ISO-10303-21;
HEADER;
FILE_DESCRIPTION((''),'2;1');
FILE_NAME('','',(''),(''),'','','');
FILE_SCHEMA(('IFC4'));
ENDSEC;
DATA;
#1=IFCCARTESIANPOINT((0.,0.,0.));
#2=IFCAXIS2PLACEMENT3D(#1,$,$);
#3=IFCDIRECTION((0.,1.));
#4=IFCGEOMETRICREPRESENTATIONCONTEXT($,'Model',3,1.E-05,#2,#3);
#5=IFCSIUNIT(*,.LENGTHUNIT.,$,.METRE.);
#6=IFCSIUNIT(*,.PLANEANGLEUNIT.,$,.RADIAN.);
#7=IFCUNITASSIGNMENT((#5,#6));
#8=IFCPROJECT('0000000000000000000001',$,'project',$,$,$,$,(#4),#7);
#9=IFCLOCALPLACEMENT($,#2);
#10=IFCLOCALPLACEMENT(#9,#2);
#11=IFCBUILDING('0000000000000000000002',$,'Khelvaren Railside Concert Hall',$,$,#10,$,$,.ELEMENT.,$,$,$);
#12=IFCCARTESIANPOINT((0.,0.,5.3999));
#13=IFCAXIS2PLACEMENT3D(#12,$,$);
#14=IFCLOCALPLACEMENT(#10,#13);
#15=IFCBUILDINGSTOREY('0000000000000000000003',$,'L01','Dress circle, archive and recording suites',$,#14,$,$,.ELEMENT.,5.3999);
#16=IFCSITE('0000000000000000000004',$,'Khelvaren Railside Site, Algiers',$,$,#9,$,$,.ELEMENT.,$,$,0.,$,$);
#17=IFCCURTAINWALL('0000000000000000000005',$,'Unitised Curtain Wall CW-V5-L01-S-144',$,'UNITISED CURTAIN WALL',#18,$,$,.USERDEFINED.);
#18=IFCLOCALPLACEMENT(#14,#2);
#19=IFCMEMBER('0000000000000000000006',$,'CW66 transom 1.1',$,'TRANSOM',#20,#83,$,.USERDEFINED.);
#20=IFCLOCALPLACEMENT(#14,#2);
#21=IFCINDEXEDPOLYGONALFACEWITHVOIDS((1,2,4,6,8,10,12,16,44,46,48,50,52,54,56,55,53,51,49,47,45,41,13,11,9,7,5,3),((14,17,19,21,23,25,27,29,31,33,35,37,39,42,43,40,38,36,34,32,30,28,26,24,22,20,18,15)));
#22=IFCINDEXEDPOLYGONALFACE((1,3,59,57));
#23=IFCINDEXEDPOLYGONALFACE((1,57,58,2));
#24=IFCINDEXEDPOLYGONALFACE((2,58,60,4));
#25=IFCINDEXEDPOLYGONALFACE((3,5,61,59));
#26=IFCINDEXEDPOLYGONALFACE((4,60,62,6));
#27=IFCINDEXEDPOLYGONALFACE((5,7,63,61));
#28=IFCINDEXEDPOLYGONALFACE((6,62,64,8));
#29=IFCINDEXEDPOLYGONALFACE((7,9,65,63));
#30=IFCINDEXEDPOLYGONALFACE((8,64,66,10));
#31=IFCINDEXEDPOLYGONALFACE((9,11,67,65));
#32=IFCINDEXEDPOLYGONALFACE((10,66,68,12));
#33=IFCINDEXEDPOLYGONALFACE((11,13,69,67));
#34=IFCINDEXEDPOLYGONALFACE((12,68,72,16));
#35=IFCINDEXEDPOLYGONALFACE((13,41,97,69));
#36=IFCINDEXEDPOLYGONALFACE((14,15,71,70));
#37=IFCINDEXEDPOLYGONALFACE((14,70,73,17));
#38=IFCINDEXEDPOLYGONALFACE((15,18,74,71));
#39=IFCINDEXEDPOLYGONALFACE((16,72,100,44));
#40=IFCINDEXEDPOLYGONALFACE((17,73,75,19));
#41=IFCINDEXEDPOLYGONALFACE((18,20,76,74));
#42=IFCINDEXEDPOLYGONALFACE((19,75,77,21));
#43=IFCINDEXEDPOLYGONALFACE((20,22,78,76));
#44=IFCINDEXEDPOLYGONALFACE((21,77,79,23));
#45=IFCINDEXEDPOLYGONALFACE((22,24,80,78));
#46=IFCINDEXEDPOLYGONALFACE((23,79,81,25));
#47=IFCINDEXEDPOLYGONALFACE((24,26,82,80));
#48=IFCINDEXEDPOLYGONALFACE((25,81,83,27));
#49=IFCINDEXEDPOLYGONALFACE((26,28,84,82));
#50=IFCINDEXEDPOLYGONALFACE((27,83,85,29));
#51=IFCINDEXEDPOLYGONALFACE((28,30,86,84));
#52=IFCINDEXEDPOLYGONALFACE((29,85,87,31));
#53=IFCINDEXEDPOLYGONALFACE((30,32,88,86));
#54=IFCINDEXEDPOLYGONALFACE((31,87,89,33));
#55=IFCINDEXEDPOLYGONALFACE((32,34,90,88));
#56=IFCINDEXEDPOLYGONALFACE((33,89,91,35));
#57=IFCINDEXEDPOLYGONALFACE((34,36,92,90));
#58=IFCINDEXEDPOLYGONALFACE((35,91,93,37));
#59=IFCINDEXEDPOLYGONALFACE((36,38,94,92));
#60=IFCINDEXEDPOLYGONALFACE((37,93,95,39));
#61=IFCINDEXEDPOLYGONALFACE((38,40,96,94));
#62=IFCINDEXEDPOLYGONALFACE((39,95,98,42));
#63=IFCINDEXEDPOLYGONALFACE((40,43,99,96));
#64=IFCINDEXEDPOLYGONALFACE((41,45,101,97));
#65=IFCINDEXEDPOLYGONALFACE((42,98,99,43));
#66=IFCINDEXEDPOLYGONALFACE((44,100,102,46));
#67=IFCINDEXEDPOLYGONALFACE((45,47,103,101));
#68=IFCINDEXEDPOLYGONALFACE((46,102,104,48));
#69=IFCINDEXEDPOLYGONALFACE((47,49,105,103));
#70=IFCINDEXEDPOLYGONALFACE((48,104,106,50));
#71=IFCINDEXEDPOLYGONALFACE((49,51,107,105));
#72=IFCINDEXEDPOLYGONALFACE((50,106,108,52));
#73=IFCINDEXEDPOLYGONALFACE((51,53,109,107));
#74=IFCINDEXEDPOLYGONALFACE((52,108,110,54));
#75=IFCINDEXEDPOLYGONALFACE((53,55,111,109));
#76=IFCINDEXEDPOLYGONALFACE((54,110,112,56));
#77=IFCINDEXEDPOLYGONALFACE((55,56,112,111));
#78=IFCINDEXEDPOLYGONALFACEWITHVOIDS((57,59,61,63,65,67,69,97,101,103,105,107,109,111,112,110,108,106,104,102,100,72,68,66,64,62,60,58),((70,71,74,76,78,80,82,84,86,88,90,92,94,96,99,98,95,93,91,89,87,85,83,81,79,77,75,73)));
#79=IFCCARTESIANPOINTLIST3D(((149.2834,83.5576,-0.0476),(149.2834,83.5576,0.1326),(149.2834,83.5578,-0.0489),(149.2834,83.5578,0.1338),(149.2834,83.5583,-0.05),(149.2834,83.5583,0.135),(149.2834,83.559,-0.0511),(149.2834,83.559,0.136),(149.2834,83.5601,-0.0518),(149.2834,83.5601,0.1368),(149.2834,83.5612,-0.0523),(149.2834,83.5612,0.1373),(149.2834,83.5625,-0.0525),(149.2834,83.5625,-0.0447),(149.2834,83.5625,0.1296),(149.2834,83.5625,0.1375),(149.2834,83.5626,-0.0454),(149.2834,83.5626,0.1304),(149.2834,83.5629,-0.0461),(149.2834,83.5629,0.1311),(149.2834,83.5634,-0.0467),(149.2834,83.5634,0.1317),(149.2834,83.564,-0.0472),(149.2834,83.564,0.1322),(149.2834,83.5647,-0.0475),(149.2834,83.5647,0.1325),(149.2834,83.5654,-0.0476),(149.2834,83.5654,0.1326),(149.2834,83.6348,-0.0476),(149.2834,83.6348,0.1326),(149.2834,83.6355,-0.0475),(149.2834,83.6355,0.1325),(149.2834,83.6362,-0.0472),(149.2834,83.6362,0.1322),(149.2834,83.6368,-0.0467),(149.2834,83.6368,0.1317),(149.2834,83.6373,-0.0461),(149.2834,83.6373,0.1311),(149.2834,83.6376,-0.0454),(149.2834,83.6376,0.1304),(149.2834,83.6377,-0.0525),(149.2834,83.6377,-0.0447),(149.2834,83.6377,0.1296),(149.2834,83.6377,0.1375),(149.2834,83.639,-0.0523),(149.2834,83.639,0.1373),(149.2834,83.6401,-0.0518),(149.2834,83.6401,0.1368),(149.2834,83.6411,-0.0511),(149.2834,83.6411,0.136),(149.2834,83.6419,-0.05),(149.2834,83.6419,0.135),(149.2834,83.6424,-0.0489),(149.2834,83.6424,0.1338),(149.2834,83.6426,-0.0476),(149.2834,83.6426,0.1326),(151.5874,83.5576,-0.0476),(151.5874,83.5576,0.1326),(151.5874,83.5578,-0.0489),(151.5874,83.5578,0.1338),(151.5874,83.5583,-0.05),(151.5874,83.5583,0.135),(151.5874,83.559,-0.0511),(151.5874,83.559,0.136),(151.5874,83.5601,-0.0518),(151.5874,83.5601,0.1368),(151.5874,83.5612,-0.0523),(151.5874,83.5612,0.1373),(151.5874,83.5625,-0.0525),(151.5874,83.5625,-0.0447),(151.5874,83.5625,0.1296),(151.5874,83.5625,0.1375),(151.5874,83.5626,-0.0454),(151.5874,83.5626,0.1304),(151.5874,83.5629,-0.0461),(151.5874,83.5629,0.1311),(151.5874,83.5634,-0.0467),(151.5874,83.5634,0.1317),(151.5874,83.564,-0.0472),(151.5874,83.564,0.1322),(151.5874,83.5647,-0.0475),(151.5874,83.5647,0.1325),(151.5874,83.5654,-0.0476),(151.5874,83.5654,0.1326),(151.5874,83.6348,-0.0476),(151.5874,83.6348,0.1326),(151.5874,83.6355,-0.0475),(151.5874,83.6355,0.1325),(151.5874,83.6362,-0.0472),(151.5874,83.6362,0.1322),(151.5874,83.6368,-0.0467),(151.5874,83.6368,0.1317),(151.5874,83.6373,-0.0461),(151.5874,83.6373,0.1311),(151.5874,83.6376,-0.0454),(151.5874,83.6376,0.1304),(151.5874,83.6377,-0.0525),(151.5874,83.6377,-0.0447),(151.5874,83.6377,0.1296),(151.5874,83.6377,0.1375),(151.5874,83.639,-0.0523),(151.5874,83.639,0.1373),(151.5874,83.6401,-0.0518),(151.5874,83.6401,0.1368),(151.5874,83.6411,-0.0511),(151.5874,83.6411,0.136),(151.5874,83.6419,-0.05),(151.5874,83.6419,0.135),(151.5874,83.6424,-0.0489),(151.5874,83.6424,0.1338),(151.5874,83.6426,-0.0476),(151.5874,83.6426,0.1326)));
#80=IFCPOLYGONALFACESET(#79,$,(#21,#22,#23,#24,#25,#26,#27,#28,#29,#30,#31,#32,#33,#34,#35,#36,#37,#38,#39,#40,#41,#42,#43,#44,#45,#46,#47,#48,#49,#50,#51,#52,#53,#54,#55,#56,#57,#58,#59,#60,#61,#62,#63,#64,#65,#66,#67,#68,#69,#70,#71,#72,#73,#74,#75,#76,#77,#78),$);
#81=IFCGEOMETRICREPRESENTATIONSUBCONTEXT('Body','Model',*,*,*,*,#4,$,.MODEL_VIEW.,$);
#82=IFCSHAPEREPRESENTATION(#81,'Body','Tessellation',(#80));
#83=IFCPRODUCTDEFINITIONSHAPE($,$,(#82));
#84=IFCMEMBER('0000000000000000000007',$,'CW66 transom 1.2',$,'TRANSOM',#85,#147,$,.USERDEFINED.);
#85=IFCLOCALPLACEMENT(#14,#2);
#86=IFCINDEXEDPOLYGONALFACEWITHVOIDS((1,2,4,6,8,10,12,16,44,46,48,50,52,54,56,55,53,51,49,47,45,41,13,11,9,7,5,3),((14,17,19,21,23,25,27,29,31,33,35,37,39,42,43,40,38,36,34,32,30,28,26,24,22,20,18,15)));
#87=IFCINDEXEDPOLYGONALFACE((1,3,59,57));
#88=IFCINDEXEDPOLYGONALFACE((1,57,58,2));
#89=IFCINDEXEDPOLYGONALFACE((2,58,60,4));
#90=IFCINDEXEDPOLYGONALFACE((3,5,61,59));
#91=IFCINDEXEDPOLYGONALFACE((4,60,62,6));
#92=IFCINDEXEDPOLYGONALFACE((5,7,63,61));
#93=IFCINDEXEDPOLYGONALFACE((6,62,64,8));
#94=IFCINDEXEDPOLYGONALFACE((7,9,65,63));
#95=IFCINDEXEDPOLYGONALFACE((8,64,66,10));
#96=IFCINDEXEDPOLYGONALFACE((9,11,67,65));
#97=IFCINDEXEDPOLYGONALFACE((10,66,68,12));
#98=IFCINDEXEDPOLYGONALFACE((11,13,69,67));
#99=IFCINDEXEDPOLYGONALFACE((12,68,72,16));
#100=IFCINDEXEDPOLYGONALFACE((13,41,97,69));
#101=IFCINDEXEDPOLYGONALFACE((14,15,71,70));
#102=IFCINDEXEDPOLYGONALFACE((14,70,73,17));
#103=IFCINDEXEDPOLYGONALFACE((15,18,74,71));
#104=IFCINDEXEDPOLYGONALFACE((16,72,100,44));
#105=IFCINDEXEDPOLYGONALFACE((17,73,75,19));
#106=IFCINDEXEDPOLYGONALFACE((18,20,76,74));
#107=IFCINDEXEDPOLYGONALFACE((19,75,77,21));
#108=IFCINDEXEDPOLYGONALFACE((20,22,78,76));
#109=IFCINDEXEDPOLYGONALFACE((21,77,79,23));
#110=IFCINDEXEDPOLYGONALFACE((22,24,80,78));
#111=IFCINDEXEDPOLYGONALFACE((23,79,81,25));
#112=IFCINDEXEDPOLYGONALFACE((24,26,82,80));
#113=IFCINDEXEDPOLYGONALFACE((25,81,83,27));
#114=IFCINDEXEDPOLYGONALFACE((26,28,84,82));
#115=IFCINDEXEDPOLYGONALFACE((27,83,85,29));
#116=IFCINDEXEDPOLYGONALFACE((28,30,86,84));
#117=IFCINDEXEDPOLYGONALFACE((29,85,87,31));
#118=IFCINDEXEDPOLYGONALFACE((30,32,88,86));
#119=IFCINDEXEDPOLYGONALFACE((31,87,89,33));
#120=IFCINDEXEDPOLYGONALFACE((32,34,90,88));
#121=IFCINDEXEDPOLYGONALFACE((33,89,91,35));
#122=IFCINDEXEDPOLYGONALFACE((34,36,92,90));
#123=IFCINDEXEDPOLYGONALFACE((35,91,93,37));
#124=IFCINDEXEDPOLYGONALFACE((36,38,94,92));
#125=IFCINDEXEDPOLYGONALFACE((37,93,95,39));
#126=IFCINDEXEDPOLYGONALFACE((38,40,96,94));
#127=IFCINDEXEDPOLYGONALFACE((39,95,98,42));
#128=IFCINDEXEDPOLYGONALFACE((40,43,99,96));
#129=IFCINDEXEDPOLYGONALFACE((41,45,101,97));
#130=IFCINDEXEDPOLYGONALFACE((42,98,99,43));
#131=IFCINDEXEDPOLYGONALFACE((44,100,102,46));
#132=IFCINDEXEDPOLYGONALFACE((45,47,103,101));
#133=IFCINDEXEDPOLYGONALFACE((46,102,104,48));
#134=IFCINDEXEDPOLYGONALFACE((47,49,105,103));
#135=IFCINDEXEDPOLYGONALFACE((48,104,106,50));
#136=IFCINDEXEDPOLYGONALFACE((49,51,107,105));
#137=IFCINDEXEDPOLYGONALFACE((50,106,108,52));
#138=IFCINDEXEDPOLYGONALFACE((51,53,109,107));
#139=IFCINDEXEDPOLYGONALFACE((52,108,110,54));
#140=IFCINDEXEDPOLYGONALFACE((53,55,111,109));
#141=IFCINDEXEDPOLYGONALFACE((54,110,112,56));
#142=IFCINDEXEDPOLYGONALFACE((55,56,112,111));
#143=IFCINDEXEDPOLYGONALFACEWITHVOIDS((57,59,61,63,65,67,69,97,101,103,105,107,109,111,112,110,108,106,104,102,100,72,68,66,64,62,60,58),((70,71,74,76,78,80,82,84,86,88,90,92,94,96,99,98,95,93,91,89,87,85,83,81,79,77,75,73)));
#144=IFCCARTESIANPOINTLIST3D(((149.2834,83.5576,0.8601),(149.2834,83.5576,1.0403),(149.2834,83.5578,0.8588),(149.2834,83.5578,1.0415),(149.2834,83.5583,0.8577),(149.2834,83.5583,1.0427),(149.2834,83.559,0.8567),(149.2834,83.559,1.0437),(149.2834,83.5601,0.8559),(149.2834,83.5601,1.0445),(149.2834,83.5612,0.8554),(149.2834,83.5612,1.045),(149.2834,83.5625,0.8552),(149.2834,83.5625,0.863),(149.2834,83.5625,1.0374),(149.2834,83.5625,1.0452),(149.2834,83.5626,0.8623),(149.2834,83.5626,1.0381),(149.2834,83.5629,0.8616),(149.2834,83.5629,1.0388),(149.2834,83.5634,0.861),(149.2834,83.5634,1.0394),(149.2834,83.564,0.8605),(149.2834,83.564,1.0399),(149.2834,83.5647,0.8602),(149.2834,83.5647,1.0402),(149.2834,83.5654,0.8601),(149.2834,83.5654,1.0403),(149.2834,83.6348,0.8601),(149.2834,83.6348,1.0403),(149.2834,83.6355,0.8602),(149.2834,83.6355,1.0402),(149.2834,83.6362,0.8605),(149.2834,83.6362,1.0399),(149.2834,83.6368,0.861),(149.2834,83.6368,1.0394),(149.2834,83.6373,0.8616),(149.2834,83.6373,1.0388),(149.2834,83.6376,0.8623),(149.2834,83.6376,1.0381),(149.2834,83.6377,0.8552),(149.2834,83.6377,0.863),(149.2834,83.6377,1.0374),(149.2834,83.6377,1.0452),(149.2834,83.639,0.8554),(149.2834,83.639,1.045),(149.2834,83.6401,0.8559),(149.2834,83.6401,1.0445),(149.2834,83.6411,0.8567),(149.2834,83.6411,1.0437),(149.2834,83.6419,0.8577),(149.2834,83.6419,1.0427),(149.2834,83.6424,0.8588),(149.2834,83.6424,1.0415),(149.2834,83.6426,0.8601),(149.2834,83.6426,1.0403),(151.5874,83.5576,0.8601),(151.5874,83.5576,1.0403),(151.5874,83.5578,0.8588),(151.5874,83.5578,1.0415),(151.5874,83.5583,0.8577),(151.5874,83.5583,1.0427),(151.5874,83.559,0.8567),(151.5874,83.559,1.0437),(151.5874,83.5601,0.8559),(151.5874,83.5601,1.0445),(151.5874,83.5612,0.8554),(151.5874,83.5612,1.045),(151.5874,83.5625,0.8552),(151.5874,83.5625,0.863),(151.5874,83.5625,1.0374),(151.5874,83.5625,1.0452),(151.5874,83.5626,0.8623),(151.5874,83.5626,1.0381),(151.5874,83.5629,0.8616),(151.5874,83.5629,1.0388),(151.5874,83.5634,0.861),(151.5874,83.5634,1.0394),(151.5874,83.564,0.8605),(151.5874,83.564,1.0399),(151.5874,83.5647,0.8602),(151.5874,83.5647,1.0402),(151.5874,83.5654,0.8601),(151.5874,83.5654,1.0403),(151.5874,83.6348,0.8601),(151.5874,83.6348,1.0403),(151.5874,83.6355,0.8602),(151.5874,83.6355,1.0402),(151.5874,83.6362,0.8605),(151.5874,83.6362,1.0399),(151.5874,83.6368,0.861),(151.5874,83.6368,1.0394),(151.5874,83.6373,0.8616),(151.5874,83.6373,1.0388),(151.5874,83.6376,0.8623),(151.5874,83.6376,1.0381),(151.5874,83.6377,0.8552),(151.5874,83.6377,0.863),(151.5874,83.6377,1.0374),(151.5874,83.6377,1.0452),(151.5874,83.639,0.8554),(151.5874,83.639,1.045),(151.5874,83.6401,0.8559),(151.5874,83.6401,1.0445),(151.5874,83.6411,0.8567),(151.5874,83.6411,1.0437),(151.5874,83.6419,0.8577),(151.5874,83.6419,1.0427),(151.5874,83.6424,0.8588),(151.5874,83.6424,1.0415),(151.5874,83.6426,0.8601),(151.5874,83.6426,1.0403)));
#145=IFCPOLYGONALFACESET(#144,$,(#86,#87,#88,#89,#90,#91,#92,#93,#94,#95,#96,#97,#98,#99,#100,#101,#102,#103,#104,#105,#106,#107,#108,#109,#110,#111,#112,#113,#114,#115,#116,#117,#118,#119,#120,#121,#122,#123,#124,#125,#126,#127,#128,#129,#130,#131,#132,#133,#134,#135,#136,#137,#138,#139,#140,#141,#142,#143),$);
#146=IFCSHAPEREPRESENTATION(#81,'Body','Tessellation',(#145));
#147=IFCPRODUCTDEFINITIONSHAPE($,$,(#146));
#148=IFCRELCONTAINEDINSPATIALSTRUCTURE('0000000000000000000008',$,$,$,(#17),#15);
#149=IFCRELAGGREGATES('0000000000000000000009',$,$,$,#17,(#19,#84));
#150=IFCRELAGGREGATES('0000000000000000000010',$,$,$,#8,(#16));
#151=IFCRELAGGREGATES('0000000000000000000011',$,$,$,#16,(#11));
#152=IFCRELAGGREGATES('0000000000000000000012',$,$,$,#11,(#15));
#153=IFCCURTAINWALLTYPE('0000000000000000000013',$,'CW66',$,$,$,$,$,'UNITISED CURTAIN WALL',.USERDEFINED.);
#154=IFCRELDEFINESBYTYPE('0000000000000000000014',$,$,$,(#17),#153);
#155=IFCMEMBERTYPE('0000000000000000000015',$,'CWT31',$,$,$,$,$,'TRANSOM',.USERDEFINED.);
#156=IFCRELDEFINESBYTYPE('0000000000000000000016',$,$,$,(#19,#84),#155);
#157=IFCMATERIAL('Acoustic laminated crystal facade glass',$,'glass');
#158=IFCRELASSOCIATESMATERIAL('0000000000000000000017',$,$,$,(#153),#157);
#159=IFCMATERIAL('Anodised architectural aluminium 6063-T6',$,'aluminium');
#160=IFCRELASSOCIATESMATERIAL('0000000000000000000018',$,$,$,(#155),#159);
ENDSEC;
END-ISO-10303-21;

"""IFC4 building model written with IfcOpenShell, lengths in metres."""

from ifc_helpers import new_model, si_unit, direction, frame, origin, origin_2d, place, context, subcontext, project, spatial, hollow_rectangle, extrude, material, material_profile, profile_set, type_object, element, aggregate, save


model = new_model("IFC4")

# Units and contexts
model_context = context("Model", 3, precision=1e-05, world=origin(), true_north=direction((0.0, 1.0)))
body_context = subcontext(model_context, "Body", "Model", "MODEL_VIEW")
ifc_project = project(units=[si_unit("LENGTHUNIT", "METRE"), si_unit("PLANEANGLEUNIT", "RADIAN")], contexts=[model_context])

# Site, building, storey
site_placement = place(None, origin())
site = spatial("IfcSite", under=ifc_project, at=site_placement, Name="Khelvaren Railside Site, Algiers", CompositionType="ELEMENT", RefElevation=0.0)
building_placement = place(site_placement, origin())
building = spatial("IfcBuilding", under=site, at=building_placement, Name="Khelvaren Railside Concert Hall", CompositionType="ELEMENT")
storey_placement = place(building_placement, frame((0.0, 0.0, 5.3999)))
storey = spatial("IfcBuildingStorey", under=building, at=storey_placement, Name="L01", Description="Dress circle, archive and recording suites", CompositionType="ELEMENT", Elevation=5.3999)

# Curtain wall
ifc_material_1 = material(Name="Acoustic laminated crystal facade glass", Category="glass")
curtain_wall_type_1 = type_object("IfcCurtainWallType", Name="CW66", ElementType="UNITISED CURTAIN WALL", PredefinedType="USERDEFINED", material=ifc_material_1)
curtain_wall_1_placement = place(storey_placement, origin())
curtain_wall_1 = element("IfcCurtainWall", 1, at=curtain_wall_1_placement, inside=storey, type_object=curtain_wall_type_1, Name="Unitised Curtain Wall CW-V5-L01-S-144", ObjectType="UNITISED CURTAIN WALL", PredefinedType="USERDEFINED")
ifc_material_2 = material(Name="Anodised architectural aluminium 6063-T6", Category="aluminium")

# Members
ifc_material_profile_1 = material_profile(ifc_material_2, hollow_rectangle(XDim=0.085, YDim=0.1899, WallThickness=0.0049, InnerFilletRadius=0.0029, OuterFilletRadius=0.0049, at=origin_2d()), Name="CWT 85x190x5")
ifc_profile_set_1 = profile_set([ifc_material_profile_1], Name="Anodised architectural aluminium 6063-T6")
member_type_1 = type_object("IfcMemberType", Name="CWT31", ElementType="TRANSOM", PredefinedType="USERDEFINED", material=ifc_profile_set_1)
member_1_placement = place(storey_placement, frame((151.5874, 83.6001, 0.0425), z_axis=(-1.0, 0.0, 0.0), x_axis=(0.0, -1.0, 0.0)))
member_1 = element("IfcMember", 2, at=member_1_placement, type_object=member_type_1, Name="CW66 transom 1.1", ObjectType="TRANSOM", PredefinedType="USERDEFINED", context=body_context, shape_type="SweptSolid", body=[
    extrude(hollow_rectangle(XDim=0.085, YDim=0.1899, WallThickness=0.0049, InnerFilletRadius=0.0029, OuterFilletRadius=0.0049, at=origin_2d()), origin(), (0.0, 0.0, 1.0), 2.304),
])
member_2_placement = place(storey_placement, frame((151.5874, 83.6001, 0.9502), z_axis=(-1.0, 0.0, 0.0), x_axis=(0.0, -1.0, 0.0)))
member_2 = element("IfcMember", 3, at=member_2_placement, type_object=member_type_1, Name="CW66 transom 1.2", ObjectType="TRANSOM", PredefinedType="USERDEFINED", context=body_context, shape_type="SweptSolid", body=[
    extrude(hollow_rectangle(XDim=0.085, YDim=0.1899, WallThickness=0.0049, InnerFilletRadius=0.0029, OuterFilletRadius=0.0049, at=origin_2d()), origin(), (0.0, 0.0, 1.0), 2.304),
])
aggregate(curtain_wall_1, [member_1, member_2])

save(model, "model.ifc")
